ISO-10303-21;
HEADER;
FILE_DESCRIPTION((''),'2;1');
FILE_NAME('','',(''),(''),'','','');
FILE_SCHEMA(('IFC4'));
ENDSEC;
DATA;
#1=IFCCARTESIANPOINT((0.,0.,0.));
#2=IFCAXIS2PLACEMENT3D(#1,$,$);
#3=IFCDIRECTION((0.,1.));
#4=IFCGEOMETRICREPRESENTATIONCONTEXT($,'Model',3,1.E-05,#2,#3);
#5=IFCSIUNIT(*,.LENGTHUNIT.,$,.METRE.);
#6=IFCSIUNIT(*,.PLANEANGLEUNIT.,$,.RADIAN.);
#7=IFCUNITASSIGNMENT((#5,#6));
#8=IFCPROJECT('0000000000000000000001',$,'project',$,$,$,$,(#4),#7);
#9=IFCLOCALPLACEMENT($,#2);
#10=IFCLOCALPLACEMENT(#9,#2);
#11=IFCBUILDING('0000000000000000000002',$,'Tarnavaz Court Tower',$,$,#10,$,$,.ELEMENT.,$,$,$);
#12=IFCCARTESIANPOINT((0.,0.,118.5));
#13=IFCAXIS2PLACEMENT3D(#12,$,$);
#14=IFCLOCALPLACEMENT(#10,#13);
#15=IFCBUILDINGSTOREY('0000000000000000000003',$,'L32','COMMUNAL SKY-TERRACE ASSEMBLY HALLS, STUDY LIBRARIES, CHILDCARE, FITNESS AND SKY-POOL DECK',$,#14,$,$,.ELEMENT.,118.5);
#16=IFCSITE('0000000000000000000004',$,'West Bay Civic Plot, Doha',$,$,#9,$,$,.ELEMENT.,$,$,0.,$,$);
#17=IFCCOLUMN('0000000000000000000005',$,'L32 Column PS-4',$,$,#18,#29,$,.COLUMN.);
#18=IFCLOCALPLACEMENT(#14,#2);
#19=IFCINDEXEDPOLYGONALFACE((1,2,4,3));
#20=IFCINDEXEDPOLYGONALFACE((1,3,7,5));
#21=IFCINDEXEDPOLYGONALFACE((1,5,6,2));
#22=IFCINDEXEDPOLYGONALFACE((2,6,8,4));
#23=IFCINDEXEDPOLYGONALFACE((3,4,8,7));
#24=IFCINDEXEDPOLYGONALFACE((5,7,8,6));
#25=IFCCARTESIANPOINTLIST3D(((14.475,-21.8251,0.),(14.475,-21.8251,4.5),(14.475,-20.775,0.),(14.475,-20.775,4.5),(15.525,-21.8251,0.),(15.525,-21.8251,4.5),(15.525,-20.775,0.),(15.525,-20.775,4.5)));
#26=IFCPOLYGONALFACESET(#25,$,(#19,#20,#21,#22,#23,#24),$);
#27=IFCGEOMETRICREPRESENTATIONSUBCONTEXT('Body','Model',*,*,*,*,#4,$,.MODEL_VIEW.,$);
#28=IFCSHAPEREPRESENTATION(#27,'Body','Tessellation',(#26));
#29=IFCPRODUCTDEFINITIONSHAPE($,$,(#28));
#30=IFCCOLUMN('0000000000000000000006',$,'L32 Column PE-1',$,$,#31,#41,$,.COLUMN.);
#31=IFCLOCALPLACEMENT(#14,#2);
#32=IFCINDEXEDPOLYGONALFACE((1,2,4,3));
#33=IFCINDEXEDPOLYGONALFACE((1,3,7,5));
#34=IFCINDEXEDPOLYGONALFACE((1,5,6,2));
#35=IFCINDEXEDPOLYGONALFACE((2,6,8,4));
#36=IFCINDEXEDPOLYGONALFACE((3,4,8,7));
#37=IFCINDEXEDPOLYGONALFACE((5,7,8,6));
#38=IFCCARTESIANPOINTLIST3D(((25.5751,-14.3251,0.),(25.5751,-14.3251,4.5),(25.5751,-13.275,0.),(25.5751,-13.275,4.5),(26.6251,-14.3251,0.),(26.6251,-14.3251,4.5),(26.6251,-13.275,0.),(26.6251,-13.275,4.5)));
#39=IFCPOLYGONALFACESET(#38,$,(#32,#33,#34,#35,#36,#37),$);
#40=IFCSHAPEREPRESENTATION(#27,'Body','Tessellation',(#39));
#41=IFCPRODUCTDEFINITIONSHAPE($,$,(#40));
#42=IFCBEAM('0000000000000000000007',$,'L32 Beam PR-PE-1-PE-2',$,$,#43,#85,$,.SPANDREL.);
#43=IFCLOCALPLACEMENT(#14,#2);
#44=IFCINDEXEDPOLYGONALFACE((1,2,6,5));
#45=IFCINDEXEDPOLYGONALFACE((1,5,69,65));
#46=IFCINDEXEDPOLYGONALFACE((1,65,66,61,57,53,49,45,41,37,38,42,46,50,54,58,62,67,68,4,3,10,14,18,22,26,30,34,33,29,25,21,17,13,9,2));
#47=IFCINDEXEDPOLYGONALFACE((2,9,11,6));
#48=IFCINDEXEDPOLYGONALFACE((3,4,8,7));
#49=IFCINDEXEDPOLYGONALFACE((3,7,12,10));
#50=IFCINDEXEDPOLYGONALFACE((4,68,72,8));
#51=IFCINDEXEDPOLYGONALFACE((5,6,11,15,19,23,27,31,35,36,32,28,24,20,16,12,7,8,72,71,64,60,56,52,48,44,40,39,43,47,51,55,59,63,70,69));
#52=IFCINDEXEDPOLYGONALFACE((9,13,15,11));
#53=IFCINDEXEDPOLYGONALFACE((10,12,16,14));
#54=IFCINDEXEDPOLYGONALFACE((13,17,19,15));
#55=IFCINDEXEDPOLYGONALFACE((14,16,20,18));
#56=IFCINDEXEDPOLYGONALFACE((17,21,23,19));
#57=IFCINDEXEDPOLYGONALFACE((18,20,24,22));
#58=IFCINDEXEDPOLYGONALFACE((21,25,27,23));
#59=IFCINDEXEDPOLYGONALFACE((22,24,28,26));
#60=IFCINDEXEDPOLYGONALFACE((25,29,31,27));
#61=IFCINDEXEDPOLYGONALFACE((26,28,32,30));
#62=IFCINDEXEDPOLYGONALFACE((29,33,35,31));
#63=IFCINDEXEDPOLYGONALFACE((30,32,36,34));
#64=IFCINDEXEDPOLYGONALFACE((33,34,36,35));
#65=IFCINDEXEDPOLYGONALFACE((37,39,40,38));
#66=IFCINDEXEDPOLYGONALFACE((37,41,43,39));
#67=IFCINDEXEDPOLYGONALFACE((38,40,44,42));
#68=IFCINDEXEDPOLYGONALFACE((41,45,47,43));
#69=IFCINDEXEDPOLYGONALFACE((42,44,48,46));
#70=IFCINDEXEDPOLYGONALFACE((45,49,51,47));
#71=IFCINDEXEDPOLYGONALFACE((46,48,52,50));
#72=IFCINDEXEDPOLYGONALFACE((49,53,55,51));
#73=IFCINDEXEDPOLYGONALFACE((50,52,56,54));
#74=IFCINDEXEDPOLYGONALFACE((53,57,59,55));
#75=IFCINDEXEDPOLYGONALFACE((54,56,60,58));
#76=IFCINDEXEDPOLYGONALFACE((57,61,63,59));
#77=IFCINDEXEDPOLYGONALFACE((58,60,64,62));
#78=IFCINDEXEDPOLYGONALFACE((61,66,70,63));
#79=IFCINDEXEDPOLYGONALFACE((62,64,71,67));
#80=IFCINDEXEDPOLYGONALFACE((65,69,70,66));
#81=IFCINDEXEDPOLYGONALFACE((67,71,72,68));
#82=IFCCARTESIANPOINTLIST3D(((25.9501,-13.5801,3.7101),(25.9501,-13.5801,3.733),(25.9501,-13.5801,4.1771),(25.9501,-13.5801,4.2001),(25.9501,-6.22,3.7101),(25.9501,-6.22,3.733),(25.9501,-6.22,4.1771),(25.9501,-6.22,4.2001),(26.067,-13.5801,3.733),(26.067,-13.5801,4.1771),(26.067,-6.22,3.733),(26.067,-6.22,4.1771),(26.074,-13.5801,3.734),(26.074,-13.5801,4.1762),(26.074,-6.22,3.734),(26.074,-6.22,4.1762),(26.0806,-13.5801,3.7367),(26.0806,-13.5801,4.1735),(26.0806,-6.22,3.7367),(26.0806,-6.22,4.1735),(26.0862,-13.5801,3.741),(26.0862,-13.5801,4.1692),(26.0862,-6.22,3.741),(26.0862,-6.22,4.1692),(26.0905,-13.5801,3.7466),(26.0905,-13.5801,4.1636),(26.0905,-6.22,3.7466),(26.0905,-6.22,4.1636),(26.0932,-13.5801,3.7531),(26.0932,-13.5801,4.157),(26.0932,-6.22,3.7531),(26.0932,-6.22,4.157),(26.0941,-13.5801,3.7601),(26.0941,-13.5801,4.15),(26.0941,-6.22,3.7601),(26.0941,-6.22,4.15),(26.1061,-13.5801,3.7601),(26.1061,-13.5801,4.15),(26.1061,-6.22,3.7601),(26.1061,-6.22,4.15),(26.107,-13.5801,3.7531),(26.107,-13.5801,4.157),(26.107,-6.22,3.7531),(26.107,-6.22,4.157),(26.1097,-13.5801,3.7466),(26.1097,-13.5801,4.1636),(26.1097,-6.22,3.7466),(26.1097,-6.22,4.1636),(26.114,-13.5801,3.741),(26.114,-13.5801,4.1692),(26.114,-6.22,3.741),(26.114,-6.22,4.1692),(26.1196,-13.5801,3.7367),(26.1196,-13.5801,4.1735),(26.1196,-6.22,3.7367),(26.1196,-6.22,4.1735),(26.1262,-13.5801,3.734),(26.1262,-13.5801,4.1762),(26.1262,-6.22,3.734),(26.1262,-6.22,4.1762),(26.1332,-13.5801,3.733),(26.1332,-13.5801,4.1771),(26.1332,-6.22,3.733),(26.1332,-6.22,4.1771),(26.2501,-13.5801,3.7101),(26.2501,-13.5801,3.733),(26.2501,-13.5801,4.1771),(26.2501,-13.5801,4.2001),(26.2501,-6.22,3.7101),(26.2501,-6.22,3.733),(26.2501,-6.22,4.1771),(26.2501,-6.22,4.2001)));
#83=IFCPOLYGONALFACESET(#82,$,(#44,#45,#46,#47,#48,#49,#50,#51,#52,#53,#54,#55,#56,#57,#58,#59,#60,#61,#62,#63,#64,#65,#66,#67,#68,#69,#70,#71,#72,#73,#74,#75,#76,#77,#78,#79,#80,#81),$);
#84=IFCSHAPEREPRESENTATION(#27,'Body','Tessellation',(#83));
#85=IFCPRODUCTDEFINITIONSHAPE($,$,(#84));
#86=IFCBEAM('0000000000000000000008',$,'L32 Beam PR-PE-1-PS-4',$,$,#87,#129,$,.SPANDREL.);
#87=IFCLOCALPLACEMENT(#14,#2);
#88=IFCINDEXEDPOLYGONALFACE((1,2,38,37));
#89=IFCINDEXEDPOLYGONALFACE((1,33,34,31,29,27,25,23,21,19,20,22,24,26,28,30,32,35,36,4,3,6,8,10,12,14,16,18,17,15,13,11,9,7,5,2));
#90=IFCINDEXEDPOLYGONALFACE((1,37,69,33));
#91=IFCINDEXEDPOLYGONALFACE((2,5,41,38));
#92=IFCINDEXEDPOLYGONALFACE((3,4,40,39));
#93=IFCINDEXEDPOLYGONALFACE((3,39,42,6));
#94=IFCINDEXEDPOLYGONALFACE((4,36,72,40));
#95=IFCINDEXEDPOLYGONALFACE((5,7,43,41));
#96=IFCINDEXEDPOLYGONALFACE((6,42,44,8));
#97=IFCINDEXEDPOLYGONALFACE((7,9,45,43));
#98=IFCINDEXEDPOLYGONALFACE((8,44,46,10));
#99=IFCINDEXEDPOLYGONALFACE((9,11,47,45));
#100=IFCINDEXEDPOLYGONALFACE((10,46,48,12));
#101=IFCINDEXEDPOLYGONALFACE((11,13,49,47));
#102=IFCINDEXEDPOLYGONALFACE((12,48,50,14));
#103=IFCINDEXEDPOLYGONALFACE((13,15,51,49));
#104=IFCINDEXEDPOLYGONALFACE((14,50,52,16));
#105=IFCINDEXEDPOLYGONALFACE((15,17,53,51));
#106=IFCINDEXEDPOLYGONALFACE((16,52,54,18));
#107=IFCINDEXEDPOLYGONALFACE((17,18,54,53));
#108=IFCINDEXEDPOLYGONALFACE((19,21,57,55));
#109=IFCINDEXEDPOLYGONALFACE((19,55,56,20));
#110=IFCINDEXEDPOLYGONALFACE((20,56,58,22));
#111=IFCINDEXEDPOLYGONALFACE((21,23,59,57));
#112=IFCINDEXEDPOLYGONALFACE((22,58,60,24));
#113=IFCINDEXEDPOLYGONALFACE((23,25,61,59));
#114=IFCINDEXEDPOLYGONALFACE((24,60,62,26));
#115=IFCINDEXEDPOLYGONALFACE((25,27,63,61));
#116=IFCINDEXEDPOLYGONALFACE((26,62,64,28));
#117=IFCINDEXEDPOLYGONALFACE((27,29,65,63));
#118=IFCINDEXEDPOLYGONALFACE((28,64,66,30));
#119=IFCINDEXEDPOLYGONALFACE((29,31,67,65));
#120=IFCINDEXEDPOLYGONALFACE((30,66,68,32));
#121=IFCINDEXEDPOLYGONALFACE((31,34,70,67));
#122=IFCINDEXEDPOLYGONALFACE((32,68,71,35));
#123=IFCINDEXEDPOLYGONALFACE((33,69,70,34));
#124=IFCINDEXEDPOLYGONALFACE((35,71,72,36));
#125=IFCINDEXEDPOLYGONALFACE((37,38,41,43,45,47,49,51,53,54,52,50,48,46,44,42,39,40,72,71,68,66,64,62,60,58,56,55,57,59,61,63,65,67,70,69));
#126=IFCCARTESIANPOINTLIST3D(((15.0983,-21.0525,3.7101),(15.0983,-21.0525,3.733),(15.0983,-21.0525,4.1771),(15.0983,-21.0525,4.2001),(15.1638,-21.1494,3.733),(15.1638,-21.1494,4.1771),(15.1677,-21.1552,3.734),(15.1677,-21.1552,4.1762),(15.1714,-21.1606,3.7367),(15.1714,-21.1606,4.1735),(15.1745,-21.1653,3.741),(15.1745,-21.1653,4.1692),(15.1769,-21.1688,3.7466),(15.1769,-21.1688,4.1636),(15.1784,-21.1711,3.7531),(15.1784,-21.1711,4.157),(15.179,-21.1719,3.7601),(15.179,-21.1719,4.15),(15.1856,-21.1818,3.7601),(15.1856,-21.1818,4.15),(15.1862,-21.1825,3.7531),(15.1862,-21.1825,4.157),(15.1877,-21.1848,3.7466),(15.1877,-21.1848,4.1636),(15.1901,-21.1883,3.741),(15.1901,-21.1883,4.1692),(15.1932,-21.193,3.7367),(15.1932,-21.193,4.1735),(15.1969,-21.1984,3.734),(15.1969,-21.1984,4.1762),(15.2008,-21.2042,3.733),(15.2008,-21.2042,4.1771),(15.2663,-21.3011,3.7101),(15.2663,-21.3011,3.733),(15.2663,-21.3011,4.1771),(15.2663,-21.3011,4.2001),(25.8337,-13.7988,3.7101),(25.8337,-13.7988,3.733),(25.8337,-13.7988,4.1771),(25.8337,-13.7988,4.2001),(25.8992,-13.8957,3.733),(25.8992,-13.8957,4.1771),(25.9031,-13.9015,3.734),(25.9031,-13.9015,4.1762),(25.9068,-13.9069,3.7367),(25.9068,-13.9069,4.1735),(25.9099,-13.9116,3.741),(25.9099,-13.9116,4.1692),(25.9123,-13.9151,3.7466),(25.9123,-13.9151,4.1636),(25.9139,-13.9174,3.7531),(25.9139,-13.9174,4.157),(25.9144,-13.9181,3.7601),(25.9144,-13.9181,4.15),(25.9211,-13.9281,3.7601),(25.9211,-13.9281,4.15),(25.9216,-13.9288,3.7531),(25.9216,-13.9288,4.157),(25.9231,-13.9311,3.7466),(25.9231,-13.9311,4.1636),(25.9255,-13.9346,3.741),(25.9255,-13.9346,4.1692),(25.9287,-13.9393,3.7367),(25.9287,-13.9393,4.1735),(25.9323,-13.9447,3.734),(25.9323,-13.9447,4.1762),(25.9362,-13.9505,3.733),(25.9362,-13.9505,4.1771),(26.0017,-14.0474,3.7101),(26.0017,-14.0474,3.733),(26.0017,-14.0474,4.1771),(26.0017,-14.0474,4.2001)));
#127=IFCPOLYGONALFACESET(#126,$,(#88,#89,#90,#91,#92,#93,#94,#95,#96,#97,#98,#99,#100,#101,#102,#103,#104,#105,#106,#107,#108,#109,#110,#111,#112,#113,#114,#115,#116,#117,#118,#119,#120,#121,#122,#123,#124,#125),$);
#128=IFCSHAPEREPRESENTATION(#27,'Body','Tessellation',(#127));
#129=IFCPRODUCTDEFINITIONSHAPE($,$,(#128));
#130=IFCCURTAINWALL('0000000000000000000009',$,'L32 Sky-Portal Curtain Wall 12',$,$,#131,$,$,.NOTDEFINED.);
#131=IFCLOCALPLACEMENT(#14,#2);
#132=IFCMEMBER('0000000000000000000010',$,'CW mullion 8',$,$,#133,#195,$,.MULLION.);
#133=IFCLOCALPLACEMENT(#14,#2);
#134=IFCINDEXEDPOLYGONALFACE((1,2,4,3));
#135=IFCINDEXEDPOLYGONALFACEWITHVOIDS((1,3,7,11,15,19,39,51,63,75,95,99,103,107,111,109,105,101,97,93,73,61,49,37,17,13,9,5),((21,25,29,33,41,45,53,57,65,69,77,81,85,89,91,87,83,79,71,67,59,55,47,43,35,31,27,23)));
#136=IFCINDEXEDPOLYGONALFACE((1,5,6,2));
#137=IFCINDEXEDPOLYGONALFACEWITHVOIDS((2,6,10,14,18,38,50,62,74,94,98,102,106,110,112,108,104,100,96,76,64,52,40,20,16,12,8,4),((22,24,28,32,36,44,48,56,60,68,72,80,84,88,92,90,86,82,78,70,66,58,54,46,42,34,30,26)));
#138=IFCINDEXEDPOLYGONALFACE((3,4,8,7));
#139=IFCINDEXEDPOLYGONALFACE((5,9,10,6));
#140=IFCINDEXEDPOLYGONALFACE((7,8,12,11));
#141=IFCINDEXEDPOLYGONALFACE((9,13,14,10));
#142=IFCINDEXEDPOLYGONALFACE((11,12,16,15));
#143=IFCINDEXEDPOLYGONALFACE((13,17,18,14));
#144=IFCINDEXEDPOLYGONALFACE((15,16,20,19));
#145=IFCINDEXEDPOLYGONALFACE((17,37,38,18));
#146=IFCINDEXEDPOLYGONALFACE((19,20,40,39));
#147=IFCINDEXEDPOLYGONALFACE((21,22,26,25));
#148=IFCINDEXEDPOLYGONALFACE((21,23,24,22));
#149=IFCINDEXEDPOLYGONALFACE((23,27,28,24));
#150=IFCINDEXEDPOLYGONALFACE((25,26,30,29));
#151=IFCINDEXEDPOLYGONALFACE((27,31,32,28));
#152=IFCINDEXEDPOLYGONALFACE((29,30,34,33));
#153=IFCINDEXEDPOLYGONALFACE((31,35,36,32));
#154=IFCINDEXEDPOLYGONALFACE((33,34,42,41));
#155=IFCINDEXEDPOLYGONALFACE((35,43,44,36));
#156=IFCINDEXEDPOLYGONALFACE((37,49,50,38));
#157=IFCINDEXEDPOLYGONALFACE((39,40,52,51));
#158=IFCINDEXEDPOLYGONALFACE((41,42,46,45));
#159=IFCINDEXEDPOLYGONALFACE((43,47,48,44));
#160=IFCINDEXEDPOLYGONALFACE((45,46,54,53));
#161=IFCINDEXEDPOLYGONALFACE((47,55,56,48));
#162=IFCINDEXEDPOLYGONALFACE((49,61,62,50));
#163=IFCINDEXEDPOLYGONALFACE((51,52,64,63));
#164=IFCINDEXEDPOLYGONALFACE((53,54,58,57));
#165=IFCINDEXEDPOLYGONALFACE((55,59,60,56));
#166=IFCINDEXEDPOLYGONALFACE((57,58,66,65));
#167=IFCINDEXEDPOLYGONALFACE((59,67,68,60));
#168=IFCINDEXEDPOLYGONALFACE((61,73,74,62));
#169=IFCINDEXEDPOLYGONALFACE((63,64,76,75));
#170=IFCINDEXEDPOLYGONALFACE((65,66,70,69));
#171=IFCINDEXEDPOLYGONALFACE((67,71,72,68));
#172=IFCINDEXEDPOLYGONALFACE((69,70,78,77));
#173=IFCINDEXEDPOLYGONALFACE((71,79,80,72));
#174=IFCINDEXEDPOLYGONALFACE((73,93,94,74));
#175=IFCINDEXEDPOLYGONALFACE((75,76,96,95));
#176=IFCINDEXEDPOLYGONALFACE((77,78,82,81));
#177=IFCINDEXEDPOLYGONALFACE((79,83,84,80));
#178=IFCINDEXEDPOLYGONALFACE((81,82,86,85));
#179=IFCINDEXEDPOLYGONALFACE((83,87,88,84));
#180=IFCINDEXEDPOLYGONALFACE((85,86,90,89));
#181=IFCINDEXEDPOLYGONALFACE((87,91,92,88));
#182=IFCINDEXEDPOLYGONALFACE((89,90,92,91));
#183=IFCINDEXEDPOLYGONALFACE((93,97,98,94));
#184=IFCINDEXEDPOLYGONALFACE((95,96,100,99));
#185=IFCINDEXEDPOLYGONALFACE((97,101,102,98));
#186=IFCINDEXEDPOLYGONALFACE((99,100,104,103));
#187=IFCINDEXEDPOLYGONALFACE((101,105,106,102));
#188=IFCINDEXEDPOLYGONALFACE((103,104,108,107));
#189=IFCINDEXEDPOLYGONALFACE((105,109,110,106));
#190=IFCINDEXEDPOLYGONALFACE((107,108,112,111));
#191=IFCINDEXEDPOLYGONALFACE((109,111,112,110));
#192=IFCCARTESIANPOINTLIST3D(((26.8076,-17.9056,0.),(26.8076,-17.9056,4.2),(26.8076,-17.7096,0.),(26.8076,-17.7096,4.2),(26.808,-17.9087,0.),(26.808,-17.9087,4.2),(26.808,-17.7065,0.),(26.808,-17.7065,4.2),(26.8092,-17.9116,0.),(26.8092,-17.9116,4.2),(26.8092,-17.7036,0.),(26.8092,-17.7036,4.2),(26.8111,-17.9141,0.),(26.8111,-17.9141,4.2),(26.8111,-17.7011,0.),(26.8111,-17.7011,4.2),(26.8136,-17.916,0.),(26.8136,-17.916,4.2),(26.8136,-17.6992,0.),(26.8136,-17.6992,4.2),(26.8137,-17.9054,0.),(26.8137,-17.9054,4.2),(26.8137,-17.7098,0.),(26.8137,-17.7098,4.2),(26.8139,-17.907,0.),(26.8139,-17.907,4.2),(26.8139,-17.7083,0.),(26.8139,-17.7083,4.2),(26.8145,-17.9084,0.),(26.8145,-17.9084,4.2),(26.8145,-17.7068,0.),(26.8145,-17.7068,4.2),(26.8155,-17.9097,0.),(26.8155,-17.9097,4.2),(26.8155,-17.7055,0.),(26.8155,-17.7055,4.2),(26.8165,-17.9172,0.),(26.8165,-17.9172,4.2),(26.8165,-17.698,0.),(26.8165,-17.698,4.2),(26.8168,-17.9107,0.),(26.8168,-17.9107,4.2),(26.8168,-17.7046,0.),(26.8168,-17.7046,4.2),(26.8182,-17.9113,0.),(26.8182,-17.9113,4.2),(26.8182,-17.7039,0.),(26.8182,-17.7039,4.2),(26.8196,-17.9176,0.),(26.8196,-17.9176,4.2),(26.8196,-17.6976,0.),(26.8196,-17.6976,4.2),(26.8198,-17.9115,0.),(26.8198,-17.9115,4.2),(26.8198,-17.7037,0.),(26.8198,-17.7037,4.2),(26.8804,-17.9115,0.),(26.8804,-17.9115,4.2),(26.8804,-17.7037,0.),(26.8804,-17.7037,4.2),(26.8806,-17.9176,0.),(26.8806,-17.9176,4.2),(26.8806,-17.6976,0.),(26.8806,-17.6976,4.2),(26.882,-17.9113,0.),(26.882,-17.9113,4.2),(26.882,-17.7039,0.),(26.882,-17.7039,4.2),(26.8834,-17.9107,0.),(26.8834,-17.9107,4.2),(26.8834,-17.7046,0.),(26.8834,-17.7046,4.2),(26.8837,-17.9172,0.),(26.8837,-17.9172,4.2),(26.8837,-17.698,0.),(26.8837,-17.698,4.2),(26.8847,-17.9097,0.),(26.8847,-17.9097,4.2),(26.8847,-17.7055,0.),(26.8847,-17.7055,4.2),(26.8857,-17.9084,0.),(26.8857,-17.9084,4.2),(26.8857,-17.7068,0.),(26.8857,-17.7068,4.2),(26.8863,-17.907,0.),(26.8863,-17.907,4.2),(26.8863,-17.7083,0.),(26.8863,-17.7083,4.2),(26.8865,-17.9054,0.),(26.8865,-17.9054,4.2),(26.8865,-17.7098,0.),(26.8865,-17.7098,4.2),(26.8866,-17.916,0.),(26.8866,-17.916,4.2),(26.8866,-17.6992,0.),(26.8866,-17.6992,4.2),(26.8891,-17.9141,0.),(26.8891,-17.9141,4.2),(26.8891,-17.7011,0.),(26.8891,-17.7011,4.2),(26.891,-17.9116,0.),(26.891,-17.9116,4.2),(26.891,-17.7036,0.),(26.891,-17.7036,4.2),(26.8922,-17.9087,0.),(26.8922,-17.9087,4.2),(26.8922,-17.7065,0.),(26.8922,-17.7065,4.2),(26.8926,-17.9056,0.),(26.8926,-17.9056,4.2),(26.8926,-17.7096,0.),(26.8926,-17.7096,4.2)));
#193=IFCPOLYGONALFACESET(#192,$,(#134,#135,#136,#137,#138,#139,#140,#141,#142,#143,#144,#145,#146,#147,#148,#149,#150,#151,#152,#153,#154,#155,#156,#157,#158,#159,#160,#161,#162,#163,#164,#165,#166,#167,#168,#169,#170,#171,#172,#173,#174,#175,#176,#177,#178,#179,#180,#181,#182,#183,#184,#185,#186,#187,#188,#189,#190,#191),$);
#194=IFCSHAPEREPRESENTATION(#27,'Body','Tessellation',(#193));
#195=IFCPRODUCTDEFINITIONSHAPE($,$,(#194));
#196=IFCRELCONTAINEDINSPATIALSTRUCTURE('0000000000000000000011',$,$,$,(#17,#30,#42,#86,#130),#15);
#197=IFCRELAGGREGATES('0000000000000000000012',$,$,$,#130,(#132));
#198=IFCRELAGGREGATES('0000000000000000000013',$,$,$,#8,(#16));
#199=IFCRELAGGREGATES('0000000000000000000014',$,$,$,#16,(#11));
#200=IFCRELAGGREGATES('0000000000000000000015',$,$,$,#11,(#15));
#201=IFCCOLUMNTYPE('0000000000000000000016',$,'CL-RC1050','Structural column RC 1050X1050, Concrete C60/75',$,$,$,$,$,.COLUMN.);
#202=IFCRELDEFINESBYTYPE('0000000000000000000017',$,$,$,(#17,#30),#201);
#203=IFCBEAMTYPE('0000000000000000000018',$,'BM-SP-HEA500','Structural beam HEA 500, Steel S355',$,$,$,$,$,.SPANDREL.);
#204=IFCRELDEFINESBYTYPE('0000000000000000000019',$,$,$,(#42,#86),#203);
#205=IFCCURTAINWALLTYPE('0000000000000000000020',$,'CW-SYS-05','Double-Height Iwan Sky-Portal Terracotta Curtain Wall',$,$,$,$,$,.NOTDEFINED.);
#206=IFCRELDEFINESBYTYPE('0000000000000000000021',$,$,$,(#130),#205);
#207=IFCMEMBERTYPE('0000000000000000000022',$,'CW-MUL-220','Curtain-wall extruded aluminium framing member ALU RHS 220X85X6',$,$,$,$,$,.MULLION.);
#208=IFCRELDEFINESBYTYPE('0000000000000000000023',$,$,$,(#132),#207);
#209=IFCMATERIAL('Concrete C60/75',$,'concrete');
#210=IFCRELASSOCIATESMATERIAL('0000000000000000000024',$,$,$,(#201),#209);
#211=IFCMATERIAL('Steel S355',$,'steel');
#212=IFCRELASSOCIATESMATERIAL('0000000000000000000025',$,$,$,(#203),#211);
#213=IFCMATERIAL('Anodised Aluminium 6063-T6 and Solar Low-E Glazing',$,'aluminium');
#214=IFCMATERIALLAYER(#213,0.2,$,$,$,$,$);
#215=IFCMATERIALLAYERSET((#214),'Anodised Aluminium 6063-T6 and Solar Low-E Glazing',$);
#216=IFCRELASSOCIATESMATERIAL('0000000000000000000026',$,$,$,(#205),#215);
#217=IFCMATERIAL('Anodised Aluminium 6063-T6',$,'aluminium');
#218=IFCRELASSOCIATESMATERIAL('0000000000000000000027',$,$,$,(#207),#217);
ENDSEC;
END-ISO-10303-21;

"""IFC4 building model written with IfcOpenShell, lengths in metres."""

from ifc_helpers import new_model, si_unit, direction, frame, origin, origin_2d, place, context, subcontext, project, spatial, rectangle, hollow_rectangle, i_section, extrude, material, layer, layer_set, material_profile, profile_set, type_object, element, aggregate, save


model = new_model("IFC4")

# Units and contexts
model_context = context("Model", 3, precision=1e-05, world=origin(), true_north=direction((0.0, 1.0)))
body_context = subcontext(model_context, "Body", "Model", "MODEL_VIEW")
ifc_project = project(units=[si_unit("LENGTHUNIT", "METRE"), si_unit("PLANEANGLEUNIT", "RADIAN")], contexts=[model_context])

# Site, building, storey
site_placement = place(None, origin())
site = spatial("IfcSite", under=ifc_project, at=site_placement, Name="West Bay Civic Plot, Doha", CompositionType="ELEMENT", RefElevation=0.0)
building_placement = place(site_placement, origin())
building = spatial("IfcBuilding", under=site, at=building_placement, Name="Tarnavaz Court Tower", CompositionType="ELEMENT")
storey_placement = place(building_placement, frame((0.0, 0.0, 118.5)))
storey = spatial("IfcBuildingStorey", under=building, at=storey_placement, Name="L32", Description="COMMUNAL SKY-TERRACE ASSEMBLY HALLS, STUDY LIBRARIES, CHILDCARE, FITNESS AND SKY-POOL DECK", CompositionType="ELEMENT", Elevation=118.5)

# Columns
ifc_material_1 = material(Name="Concrete C60/75", Category="concrete")
ifc_material_profile_1 = material_profile(ifc_material_1, rectangle(XDim=1.05, YDim=1.05, at=origin_2d()), Name="RC 1050X1050")
ifc_profile_set_1 = profile_set([ifc_material_profile_1], Name="Concrete C60/75")
column_type = type_object("IfcColumnType", Name="CL-RC1050", Description="Structural column RC 1050X1050, Concrete C60/75", PredefinedType="COLUMN", material=ifc_profile_set_1)
for number, where, z_axis, x_axis, name in (
    (1, (15.0, -21.3, 0.0), (0.0, 0.0, 1.0), (1.0, 0.0, 0.0), "L32 Column PS-4"),
    (2, (26.1001, -13.8, 0.0), (0.0, 0.0, 1.0), (1.0, 0.0, 0.0), "L32 Column PE-1"),
):
    element("IfcColumn", number, at=place(storey_placement, frame(where, z_axis=z_axis, x_axis=x_axis)), inside=storey, type_object=column_type, Name=name, PredefinedType="COLUMN", context=body_context, shape_type="SweptSolid", body=[
        extrude(rectangle(XDim=1.05, YDim=1.05, at=origin_2d()), origin(), (0.0, 0.0, 1.0), 4.5),
    ])

# Beams
ifc_material_2 = material(Name="Steel S355", Category="steel")
ifc_material_profile_2 = material_profile(ifc_material_2, i_section(OverallWidth=0.3, OverallDepth=0.49, WebThickness=0.012, FlangeThickness=0.0229, FilletRadius=0.0271, at=origin_2d()), Name="HEA 500")
ifc_profile_set_2 = profile_set([ifc_material_profile_2], Name="Steel S355")
beam_type = type_object("IfcBeamType", Name="BM-SP-HEA500", Description="Structural beam HEA 500, Steel S355", PredefinedType="SPANDREL", material=ifc_profile_set_2)
beam_1_placement = place(storey_placement, frame((26.1001, -13.5801, 3.9551), z_axis=(0.0, 1.0, 0.0), x_axis=(-1.0, 0.0, 0.0)))
element("IfcBeam", 3, at=beam_1_placement, inside=storey, type_object=beam_type, Name="L32 Beam PR-PE-1-PE-2", PredefinedType="SPANDREL", context=body_context, shape_type="SweptSolid", body=[
    extrude(i_section(OverallWidth=0.3, OverallDepth=0.49, WebThickness=0.012, FlangeThickness=0.0229, FilletRadius=0.0271, at=origin_2d()), origin(), (0.0, 0.0, 1.0), 7.3601),
])
beam_2_placement = place(storey_placement, frame((25.9177, -13.9231, 3.9551), z_axis=(-0.828587, -0.55986, 0.0), x_axis=(0.55986, -0.828587, 0.0)))
element("IfcBeam", 4, at=beam_2_placement, inside=storey, type_object=beam_type, Name="L32 Beam PR-PE-1-PS-4", PredefinedType="SPANDREL", context=body_context, shape_type="SweptSolid", body=[
    extrude(i_section(OverallWidth=0.3, OverallDepth=0.49, WebThickness=0.012, FlangeThickness=0.0229, FilletRadius=0.0271, at=origin_2d()), origin(), (0.0, 0.0, 1.0), 12.9563),
])

# Curtain wall, member
ifc_material_3 = material(Name="Anodised Aluminium 6063-T6 and Solar Low-E Glazing", Category="aluminium")
ifc_layer_1 = layer(ifc_material_3, 0.2)
ifc_layer_set_1 = layer_set([ifc_layer_1], Name="Anodised Aluminium 6063-T6 and Solar Low-E Glazing")
curtain_wall_type = type_object("IfcCurtainWallType", Name="CW-SYS-05", Description="Double-Height Iwan Sky-Portal Terracotta Curtain Wall", PredefinedType="NOTDEFINED", material=ifc_layer_set_1)
curtain_wall_placement = place(storey_placement, origin())
curtain_wall = element("IfcCurtainWall", 5, at=curtain_wall_placement, inside=storey, type_object=curtain_wall_type, Name="L32 Sky-Portal Curtain Wall 12", PredefinedType="NOTDEFINED")
ifc_material_4 = material(Name="Anodised Aluminium 6063-T6", Category="aluminium")
ifc_material_profile_3 = material_profile(ifc_material_4, hollow_rectangle(XDim=0.085, YDim=0.22, WallThickness=0.0061, InnerFilletRadius=0.0061, OuterFilletRadius=0.012, at=origin_2d()), Name="ALU RHS 220X85X6")
ifc_profile_set_3 = profile_set([ifc_material_profile_3], Name="Anodised Aluminium 6063-T6")
member_type = type_object("IfcMemberType", Name="CW-MUL-220", Description="Curtain-wall extruded aluminium framing member ALU RHS 220X85X6", PredefinedType="MULLION", material=ifc_profile_set_3)
member_placement = place(storey_placement, frame((26.8501, -17.8076, 0.0), z_axis=(0.0, 0.0, 1.0), x_axis=(1.0, 0.0, 0.0)))
member = element("IfcMember", 6, at=member_placement, type_object=member_type, Name="CW mullion 8", PredefinedType="MULLION", context=body_context, shape_type="SweptSolid", body=[
    extrude(hollow_rectangle(XDim=0.085, YDim=0.22, WallThickness=0.0061, InnerFilletRadius=0.0061, OuterFilletRadius=0.012, at=origin_2d()), origin(), (0.0, 0.0, 1.0), 4.2),
])
aggregate(curtain_wall, [member])

save(model, "model.ifc")
